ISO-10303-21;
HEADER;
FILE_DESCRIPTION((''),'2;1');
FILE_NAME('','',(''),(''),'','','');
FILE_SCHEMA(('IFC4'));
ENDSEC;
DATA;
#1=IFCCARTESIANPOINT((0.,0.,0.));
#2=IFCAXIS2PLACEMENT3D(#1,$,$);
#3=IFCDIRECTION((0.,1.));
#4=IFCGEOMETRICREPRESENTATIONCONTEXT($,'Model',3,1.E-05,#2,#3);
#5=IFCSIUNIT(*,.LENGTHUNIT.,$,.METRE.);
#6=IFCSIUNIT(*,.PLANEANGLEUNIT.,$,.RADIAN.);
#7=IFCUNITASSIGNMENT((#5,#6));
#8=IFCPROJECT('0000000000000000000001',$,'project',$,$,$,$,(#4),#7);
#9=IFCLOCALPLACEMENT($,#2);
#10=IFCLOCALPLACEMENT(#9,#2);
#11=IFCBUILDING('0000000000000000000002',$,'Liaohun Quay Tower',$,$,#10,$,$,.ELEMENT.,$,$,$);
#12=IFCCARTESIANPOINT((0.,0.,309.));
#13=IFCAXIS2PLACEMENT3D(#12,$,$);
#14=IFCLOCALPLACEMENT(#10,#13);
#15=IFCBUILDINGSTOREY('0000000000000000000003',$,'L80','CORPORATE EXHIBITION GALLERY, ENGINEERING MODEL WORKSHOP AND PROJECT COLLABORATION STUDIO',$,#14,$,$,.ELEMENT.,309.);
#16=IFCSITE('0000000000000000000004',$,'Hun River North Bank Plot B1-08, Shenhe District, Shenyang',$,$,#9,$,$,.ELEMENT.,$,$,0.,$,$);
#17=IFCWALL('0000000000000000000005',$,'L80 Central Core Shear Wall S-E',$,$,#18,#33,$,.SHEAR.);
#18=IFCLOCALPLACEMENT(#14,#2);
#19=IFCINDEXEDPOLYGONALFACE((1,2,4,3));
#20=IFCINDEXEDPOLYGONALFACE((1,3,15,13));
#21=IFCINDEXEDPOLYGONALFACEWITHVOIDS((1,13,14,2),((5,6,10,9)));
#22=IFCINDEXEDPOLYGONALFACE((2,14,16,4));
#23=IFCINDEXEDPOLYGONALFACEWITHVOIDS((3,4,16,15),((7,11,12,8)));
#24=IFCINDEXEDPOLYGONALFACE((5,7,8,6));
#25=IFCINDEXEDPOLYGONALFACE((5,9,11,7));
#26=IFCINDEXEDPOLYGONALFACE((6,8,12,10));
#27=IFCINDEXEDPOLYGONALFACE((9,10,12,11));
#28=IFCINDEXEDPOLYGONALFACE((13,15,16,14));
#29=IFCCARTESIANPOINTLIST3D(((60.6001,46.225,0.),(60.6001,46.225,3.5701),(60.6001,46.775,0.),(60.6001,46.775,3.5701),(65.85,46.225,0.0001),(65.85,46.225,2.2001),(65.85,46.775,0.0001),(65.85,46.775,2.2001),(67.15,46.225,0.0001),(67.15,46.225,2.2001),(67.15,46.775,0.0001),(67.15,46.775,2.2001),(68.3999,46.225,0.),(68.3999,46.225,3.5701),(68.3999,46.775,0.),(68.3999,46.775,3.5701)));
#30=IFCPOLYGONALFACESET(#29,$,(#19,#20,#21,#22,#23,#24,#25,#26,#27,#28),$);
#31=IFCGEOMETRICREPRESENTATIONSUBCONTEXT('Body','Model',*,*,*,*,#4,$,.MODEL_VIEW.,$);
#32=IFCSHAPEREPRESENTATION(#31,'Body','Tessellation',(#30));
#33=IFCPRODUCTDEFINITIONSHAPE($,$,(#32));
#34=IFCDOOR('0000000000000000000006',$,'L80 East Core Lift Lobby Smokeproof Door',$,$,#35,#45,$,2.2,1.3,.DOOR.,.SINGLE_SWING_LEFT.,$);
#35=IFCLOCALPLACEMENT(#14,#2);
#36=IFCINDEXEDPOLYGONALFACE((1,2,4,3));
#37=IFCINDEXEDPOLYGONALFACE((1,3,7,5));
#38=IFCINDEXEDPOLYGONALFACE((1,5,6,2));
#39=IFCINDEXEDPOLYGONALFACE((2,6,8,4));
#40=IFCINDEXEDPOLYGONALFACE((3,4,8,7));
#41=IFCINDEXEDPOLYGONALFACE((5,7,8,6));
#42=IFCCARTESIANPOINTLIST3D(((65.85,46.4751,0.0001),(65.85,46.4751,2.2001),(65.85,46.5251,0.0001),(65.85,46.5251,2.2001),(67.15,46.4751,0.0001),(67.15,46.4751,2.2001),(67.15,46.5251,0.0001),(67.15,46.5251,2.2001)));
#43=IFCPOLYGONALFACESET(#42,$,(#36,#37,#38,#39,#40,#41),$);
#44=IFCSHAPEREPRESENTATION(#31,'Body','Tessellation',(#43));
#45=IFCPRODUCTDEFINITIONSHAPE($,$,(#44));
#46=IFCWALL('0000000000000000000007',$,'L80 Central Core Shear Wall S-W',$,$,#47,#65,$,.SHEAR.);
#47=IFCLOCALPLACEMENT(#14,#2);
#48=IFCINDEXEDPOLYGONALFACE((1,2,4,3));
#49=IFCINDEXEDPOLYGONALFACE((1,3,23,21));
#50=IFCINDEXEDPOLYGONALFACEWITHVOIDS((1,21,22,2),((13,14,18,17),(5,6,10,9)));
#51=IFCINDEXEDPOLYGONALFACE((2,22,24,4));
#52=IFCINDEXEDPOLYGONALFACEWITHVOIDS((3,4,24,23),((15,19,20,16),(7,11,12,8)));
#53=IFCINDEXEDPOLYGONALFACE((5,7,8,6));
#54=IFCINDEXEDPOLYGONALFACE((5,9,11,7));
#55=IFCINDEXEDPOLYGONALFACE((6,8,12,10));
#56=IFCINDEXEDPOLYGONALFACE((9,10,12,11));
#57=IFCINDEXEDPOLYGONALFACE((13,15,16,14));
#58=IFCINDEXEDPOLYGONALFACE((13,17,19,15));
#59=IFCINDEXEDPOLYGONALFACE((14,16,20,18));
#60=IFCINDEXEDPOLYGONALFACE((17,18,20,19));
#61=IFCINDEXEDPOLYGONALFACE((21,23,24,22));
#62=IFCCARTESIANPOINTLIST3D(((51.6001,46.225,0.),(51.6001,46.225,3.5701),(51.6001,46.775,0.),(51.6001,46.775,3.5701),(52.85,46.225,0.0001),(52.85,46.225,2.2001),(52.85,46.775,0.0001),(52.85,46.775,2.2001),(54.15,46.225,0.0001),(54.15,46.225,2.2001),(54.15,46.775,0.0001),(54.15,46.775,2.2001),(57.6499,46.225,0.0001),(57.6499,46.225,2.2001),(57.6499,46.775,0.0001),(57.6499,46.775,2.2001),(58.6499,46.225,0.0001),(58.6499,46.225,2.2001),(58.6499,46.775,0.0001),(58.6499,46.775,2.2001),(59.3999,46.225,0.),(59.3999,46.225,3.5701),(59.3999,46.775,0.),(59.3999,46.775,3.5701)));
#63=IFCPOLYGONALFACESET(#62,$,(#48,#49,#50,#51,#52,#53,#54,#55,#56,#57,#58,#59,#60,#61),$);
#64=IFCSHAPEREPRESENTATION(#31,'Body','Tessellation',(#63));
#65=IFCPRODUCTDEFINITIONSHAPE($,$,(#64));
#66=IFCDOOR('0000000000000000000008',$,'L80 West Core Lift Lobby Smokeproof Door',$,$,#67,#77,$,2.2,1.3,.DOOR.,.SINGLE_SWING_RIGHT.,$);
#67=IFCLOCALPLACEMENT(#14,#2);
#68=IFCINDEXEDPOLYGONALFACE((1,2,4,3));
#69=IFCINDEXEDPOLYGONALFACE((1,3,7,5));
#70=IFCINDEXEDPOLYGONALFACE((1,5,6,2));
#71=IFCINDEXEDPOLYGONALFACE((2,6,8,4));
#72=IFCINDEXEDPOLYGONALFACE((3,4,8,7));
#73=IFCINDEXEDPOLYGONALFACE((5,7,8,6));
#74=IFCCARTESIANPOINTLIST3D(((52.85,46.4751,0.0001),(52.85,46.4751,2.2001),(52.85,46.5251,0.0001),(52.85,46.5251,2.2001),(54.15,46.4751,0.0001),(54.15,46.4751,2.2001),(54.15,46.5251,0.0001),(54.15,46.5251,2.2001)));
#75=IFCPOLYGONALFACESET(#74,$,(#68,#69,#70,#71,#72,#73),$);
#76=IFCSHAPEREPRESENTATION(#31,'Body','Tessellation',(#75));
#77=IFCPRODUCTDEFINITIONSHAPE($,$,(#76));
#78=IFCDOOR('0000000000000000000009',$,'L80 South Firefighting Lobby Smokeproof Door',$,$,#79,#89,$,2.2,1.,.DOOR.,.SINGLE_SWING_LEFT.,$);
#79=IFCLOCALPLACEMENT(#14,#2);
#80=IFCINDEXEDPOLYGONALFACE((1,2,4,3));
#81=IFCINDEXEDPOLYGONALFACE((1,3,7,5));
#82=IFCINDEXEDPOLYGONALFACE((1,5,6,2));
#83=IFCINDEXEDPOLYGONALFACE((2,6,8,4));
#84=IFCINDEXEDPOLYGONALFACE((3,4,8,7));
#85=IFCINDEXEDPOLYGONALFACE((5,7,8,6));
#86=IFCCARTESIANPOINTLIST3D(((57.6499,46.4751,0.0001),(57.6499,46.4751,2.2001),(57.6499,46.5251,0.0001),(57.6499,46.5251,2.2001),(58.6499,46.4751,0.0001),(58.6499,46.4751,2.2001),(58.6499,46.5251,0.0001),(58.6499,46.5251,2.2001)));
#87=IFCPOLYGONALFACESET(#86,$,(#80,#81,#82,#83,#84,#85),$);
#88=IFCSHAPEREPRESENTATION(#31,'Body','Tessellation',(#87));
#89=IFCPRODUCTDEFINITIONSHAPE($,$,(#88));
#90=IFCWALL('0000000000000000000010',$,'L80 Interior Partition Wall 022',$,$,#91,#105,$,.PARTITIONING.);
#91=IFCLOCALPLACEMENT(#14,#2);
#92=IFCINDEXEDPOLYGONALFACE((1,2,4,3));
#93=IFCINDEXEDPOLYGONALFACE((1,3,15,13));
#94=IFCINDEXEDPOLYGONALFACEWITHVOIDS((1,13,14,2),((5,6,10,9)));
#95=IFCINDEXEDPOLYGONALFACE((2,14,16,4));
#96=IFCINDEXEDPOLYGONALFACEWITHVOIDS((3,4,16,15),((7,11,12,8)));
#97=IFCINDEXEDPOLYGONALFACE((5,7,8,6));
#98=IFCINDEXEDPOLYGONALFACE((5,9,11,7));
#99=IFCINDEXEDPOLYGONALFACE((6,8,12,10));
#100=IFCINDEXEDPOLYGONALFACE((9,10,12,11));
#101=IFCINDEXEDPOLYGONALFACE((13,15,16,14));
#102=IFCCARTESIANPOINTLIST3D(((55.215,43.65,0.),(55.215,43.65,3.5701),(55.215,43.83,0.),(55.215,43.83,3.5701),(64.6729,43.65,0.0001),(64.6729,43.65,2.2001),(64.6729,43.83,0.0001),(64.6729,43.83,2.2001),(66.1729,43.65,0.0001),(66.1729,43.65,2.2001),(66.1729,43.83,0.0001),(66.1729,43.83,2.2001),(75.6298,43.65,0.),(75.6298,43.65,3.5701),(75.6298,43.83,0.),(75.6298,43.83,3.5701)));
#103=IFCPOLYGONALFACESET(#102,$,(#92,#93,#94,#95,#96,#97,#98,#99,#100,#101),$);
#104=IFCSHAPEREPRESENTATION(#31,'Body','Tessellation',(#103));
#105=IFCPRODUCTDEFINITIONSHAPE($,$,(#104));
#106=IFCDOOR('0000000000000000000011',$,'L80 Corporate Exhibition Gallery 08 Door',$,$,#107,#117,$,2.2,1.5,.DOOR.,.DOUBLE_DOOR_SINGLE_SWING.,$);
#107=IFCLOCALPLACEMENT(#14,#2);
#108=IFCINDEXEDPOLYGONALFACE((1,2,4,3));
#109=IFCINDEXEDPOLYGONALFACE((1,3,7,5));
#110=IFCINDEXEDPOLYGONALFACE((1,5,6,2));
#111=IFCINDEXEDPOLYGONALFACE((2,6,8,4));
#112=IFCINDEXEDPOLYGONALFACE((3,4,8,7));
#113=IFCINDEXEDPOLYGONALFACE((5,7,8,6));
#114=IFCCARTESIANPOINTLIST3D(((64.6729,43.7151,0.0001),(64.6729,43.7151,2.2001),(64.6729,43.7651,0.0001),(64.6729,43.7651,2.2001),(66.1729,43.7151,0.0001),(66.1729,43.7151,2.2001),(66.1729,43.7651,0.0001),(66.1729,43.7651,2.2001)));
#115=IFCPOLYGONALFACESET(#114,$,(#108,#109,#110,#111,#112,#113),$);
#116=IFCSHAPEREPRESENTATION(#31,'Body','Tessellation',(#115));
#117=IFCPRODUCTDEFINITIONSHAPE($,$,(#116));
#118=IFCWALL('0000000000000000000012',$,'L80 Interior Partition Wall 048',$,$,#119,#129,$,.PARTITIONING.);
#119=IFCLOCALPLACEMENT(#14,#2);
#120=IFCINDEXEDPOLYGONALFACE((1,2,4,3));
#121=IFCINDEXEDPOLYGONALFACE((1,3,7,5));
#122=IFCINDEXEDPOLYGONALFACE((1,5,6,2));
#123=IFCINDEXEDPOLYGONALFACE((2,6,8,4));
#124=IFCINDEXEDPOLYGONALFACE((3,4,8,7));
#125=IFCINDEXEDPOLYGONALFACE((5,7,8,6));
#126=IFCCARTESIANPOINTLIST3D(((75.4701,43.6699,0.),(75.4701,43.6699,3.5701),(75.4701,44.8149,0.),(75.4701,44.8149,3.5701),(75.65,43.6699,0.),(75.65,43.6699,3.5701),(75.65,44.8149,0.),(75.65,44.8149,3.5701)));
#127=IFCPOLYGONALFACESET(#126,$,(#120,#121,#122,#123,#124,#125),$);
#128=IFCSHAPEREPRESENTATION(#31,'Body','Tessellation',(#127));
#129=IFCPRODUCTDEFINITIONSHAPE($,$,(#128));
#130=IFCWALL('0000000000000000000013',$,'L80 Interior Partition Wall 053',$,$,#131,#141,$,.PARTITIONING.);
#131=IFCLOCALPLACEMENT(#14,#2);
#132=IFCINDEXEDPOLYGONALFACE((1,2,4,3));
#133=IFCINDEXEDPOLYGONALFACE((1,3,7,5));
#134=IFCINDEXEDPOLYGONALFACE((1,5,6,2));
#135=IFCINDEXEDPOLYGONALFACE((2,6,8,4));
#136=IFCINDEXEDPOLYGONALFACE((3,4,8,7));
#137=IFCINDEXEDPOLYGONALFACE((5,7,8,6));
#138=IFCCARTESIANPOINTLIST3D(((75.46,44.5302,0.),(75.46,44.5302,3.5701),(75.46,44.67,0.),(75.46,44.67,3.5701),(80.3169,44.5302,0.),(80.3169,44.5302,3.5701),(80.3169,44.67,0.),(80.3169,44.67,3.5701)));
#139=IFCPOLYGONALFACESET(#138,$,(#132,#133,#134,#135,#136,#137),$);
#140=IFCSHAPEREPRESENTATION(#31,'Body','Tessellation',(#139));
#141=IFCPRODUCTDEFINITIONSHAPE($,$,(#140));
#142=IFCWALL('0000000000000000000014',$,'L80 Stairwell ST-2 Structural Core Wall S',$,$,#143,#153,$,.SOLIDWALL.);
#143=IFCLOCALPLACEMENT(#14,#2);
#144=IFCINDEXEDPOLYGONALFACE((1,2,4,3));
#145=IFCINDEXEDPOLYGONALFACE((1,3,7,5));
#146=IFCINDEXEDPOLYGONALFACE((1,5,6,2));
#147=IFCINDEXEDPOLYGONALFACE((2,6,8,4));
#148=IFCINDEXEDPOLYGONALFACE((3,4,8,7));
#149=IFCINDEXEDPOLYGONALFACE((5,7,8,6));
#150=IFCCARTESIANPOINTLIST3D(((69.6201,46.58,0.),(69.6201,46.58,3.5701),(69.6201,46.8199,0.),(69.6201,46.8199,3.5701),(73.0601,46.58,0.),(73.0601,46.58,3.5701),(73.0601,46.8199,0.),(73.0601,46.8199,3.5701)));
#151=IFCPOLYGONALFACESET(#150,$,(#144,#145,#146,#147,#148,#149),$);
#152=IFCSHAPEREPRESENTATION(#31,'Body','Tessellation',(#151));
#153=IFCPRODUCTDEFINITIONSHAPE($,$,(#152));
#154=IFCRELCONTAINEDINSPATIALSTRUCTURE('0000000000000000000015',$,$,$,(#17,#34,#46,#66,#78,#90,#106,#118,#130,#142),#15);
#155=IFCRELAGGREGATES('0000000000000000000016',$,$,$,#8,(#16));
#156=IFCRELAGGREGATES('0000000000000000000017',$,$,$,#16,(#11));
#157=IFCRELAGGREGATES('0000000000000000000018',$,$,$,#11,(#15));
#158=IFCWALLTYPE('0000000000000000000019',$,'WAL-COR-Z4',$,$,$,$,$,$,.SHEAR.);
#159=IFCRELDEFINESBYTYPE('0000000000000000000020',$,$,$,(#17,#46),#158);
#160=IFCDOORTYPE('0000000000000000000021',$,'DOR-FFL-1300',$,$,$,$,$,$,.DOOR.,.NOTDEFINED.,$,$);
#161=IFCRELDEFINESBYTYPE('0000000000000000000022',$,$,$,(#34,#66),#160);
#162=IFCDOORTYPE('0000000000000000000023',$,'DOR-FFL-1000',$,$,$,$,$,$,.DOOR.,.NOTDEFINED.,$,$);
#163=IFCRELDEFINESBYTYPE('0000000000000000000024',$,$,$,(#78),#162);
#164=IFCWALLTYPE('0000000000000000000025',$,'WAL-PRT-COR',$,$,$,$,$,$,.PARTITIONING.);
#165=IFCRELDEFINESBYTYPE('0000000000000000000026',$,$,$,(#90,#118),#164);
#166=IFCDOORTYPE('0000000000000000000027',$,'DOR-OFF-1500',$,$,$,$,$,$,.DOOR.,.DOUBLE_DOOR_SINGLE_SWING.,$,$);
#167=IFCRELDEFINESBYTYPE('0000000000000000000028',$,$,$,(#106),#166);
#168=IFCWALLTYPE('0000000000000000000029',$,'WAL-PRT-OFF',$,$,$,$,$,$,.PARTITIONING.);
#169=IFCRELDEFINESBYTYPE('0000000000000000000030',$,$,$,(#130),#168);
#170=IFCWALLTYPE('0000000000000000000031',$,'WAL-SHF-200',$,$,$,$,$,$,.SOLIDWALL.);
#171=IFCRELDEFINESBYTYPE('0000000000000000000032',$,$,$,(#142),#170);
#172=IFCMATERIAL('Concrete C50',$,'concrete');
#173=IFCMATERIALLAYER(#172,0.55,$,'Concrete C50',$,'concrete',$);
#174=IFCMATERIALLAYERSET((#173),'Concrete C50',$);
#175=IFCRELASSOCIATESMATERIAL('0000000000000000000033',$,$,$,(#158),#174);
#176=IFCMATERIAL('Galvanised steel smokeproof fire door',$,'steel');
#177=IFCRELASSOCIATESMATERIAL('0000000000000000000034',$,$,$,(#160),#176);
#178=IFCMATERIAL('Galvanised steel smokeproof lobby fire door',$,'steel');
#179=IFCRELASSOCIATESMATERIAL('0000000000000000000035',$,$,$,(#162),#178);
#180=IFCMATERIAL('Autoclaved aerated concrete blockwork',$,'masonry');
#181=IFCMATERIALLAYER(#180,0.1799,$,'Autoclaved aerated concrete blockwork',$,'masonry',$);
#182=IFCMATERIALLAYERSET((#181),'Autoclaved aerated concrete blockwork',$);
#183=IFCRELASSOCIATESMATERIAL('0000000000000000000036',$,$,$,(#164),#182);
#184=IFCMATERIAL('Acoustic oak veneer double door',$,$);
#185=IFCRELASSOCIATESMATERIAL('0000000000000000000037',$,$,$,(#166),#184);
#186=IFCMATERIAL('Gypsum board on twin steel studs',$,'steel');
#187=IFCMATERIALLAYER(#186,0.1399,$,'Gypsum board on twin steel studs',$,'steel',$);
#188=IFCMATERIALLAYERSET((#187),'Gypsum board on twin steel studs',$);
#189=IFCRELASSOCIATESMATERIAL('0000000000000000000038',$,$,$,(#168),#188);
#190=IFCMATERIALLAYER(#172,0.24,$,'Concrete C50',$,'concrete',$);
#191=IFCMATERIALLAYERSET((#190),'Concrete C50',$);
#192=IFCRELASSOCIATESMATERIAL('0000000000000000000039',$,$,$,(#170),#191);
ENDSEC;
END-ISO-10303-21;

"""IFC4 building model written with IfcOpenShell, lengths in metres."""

from ifc_helpers import new_model, si_unit, direction, frame, frame_2d, origin, place, context, subcontext, project, spatial, rectangle, extrude, source, transform, mapped, material, layer, layer_set, type_object, element, fill, save


model = new_model("IFC4")

# Units and contexts
model_context = context("Model", 3, precision=1e-05, world=origin(), true_north=direction((0.0, 1.0)))
body_context = subcontext(model_context, "Body", "Model", "MODEL_VIEW")
ifc_project = project(units=[si_unit("LENGTHUNIT", "METRE"), si_unit("PLANEANGLEUNIT", "RADIAN")], contexts=[model_context])

# Site, building, storey
site_placement = place(None, origin())
site = spatial("IfcSite", under=ifc_project, at=site_placement, Name="Hun River North Bank Plot B1-08, Shenhe District, Shenyang", CompositionType="ELEMENT", RefElevation=0.0)
building_placement = place(site_placement, origin())
building = spatial("IfcBuilding", under=site, at=building_placement, Name="Liaohun Quay Tower", CompositionType="ELEMENT")
storey_placement = place(building_placement, frame((0.0, 0.0, 309.0)))
storey = spatial("IfcBuildingStorey", under=building, at=storey_placement, Name="L80", Description="CORPORATE EXHIBITION GALLERY, ENGINEERING MODEL WORKSHOP AND PROJECT COLLABORATION STUDIO", CompositionType="ELEMENT", Elevation=309.0)

# Shared definitions
ifc_material_1 = material(Name="Concrete C50", Category="concrete")

# Wall, opening, door
ifc_layer_1 = layer(ifc_material_1, 0.55, Name="Concrete C50", Category="concrete")
ifc_layer_set_1 = layer_set([ifc_layer_1], Name="Concrete C50")
wall_type_1 = type_object("IfcWallType", Name="WAL-COR-Z4", PredefinedType="SHEAR", material=ifc_layer_set_1)
wall_1_placement = place(storey_placement, frame((68.3999, 46.5, 0.0), z_axis=(0.0, 0.0, 1.0), x_axis=(-1.0, 0.0, 0.0)))
wall_1 = element("IfcWall", 1, at=wall_1_placement, inside=storey, type_object=wall_type_1, Name="L80 Central Core Shear Wall S-E", PredefinedType="SHEAR", context=body_context, shape_type="SweptSolid", body=[
    extrude(rectangle(XDim=7.7998, YDim=0.55, at=frame_2d((3.8999, 0.0))), origin(), (0.0, 0.0, 1.0), 3.5701),
])
shared_shape_1 = source(origin(), body_context, "Body", "SweptSolid", [
    extrude(rectangle(XDim=1.3, YDim=2.2, at=frame_2d((0.6499, 1.1001))), frame((0.0, 0.2849, 0.0), z_axis=(0.0, -1.0, 0.0), x_axis=(1.0, 0.0, 0.0)), (0.0, 0.0, 1.0), 0.5701),
])
opening_1_placement = place(wall_1_placement, frame((1.25, 0.0, 0.0)))
opening_1 = element("IfcOpeningElement", 2, at=opening_1_placement, cuts=wall_1, PredefinedType="OPENING", context=body_context, shape_type="MappedRepresentation", body=[
    mapped(shared_shape_1, transform((0.0, 0.0, 0.0), x_axis=(1.0, 0.0, 0.0), y_axis=(0.0, 1.0, 0.0), z_axis=(0.0, 0.0, 1.0), scale=1.0)),
])
ifc_material_2 = material(Name="Galvanised steel smokeproof fire door", Category="steel")
door_type_1 = type_object("IfcDoorType", Name="DOR-FFL-1300", OperationType="NOTDEFINED", PredefinedType="DOOR", material=ifc_material_2)
shared_shape_2 = source(origin(), body_context, "Body", "SweptSolid", [
    extrude(rectangle(XDim=1.3, YDim=2.2, at=frame_2d((0.6499, 1.1001))), frame((0.0, 0.0249, 0.0), z_axis=(0.0, -1.0, 0.0), x_axis=(1.0, 0.0, 0.0)), (0.0, 0.0, 1.0), 0.05),
])
door_1_placement = place(opening_1_placement, origin())
door_1 = element("IfcDoor", 3, at=door_1_placement, inside=storey, type_object=door_type_1, Name="L80 East Core Lift Lobby Smokeproof Door", OperationType="SINGLE_SWING_LEFT", OverallHeight=2.2, OverallWidth=1.3, PredefinedType="DOOR", context=body_context, shape_type="MappedRepresentation", body=[
    mapped(shared_shape_2, transform((0.0, 0.0, 0.0), x_axis=(1.0, 0.0, 0.0), y_axis=(0.0, 1.0, 0.0), z_axis=(0.0, 0.0, 1.0), scale=1.0)),
])
fill(opening_1, door_1)

# Wall, openings, doors
wall_2_placement = place(storey_placement, frame((59.3999, 46.5, 0.0), z_axis=(0.0, 0.0, 1.0), x_axis=(-1.0, 0.0, 0.0)))
wall_2 = element("IfcWall", 4, at=wall_2_placement, inside=storey, type_object=wall_type_1, Name="L80 Central Core Shear Wall S-W", PredefinedType="SHEAR", context=body_context, shape_type="SweptSolid", body=[
    extrude(rectangle(XDim=7.7998, YDim=0.55, at=frame_2d((3.8999, 0.0))), origin(), (0.0, 0.0, 1.0), 3.5701),
])
opening_2_placement = place(wall_2_placement, frame((5.25, 0.0, 0.0)))
opening_2 = element("IfcOpeningElement", 5, at=opening_2_placement, cuts=wall_2, PredefinedType="OPENING", context=body_context, shape_type="MappedRepresentation", body=[
    mapped(shared_shape_1, transform((0.0, 0.0, 0.0), x_axis=(1.0, 0.0, 0.0), y_axis=(0.0, 1.0, 0.0), z_axis=(0.0, 0.0, 1.0), scale=1.0)),
])
shared_shape_3 = source(origin(), body_context, "Body", "SweptSolid", [
    extrude(rectangle(XDim=1.0, YDim=2.2, at=frame_2d((0.5, 1.1001))), frame((0.0, 0.2849, 0.0), z_axis=(0.0, -1.0, 0.0), x_axis=(1.0, 0.0, 0.0)), (0.0, 0.0, 1.0), 0.5701),
])
opening_3_placement = place(wall_2_placement, frame((0.75, 0.0, 0.0)))
opening_3 = element("IfcOpeningElement", 6, at=opening_3_placement, cuts=wall_2, PredefinedType="OPENING", context=body_context, shape_type="MappedRepresentation", body=[
    mapped(shared_shape_3, transform((0.0, 0.0, 0.0), x_axis=(1.0, 0.0, 0.0), y_axis=(0.0, 1.0, 0.0), z_axis=(0.0, 0.0, 1.0), scale=1.0)),
])
door_2_placement = place(opening_2_placement, origin())
door_2 = element("IfcDoor", 7, at=door_2_placement, inside=storey, type_object=door_type_1, Name="L80 West Core Lift Lobby Smokeproof Door", OperationType="SINGLE_SWING_RIGHT", OverallHeight=2.2, OverallWidth=1.3, PredefinedType="DOOR", context=body_context, shape_type="MappedRepresentation", body=[
    mapped(shared_shape_2, transform((0.0, 0.0, 0.0), x_axis=(1.0, 0.0, 0.0), y_axis=(0.0, 1.0, 0.0), z_axis=(0.0, 0.0, 1.0), scale=1.0)),
])
fill(opening_2, door_2)
ifc_material_3 = material(Name="Galvanised steel smokeproof lobby fire door", Category="steel")
door_type_2 = type_object("IfcDoorType", Name="DOR-FFL-1000", OperationType="NOTDEFINED", PredefinedType="DOOR", material=ifc_material_3)
shared_shape_4 = source(origin(), body_context, "Body", "SweptSolid", [
    extrude(rectangle(XDim=1.0, YDim=2.2, at=frame_2d((0.5, 1.1001))), frame((0.0, 0.0249, 0.0), z_axis=(0.0, -1.0, 0.0), x_axis=(1.0, 0.0, 0.0)), (0.0, 0.0, 1.0), 0.05),
])
door_3_placement = place(opening_3_placement, origin())
door_3 = element("IfcDoor", 8, at=door_3_placement, inside=storey, type_object=door_type_2, Name="L80 South Firefighting Lobby Smokeproof Door", OperationType="SINGLE_SWING_LEFT", OverallHeight=2.2, OverallWidth=1.0, PredefinedType="DOOR", context=body_context, shape_type="MappedRepresentation", body=[
    mapped(shared_shape_4, transform((0.0, 0.0, 0.0), x_axis=(1.0, 0.0, 0.0), y_axis=(0.0, 1.0, 0.0), z_axis=(0.0, 0.0, 1.0), scale=1.0)),
])
fill(opening_3, door_3)

# Wall, opening, door
ifc_material_4 = material(Name="Autoclaved aerated concrete blockwork", Category="masonry")
ifc_layer_2 = layer(ifc_material_4, 0.1799, Name="Autoclaved aerated concrete blockwork", Category="masonry")
ifc_layer_set_2 = layer_set([ifc_layer_2], Name="Autoclaved aerated concrete blockwork")
wall_type_2 = type_object("IfcWallType", Name="WAL-PRT-COR", PredefinedType="PARTITIONING", material=ifc_layer_set_2)
wall_3_placement = place(storey_placement, frame((75.6299, 43.74, 0.0), z_axis=(0.0, 0.0, 1.0), x_axis=(-1.0, 0.0, 0.0)))
wall_3 = element("IfcWall", 9, at=wall_3_placement, inside=storey, type_object=wall_type_2, Name="L80 Interior Partition Wall 022", PredefinedType="PARTITIONING", context=body_context, shape_type="SweptSolid", body=[
    extrude(rectangle(XDim=20.4148, YDim=0.1799, at=frame_2d((10.2075, 0.0))), origin(), (0.0, 0.0, 1.0), 3.5701),
])
shared_shape_5 = source(origin(), body_context, "Body", "SweptSolid", [
    extrude(rectangle(XDim=1.5, YDim=2.2, at=frame_2d((0.75, 1.1001))), frame((0.0, 0.0999, 0.0), z_axis=(0.0, -1.0, 0.0), x_axis=(1.0, 0.0, 0.0)), (0.0, 0.0, 1.0), 0.2),
])
opening_4_placement = place(wall_3_placement, frame((9.457, 0.0, 0.0)))
opening_4 = element("IfcOpeningElement", 10, at=opening_4_placement, cuts=wall_3, PredefinedType="OPENING", context=body_context, shape_type="MappedRepresentation", body=[
    mapped(shared_shape_5, transform((0.0, 0.0, 0.0), x_axis=(1.0, 0.0, 0.0), y_axis=(0.0, 1.0, 0.0), z_axis=(0.0, 0.0, 1.0), scale=1.0)),
])
ifc_material_5 = material(Name="Acoustic oak veneer double door")
door_type_3 = type_object("IfcDoorType", Name="DOR-OFF-1500", OperationType="DOUBLE_DOOR_SINGLE_SWING", PredefinedType="DOOR", material=ifc_material_5)
shared_shape_6 = source(origin(), body_context, "Body", "SweptSolid", [
    extrude(rectangle(XDim=1.5, YDim=2.2, at=frame_2d((0.75, 1.1001))), frame((0.0, 0.0249, 0.0), z_axis=(0.0, -1.0, 0.0), x_axis=(1.0, 0.0, 0.0)), (0.0, 0.0, 1.0), 0.05),
])
door_4_placement = place(opening_4_placement, origin())
door_4 = element("IfcDoor", 11, at=door_4_placement, inside=storey, type_object=door_type_3, Name="L80 Corporate Exhibition Gallery 08 Door", OperationType="DOUBLE_DOOR_SINGLE_SWING", OverallHeight=2.2, OverallWidth=1.5, PredefinedType="DOOR", context=body_context, shape_type="MappedRepresentation", body=[
    mapped(shared_shape_6, transform((0.0, 0.0, 0.0), x_axis=(1.0, 0.0, 0.0), y_axis=(0.0, 1.0, 0.0), z_axis=(0.0, 0.0, 1.0), scale=1.0)),
])
fill(opening_4, door_4)

# Walls
wall_4_placement = place(storey_placement, frame((75.5601, 44.8149, 0.0), z_axis=(0.0, 0.0, 1.0), x_axis=(0.0, -1.0, 0.0)))
element("IfcWall", 12, at=wall_4_placement, inside=storey, type_object=wall_type_2, Name="L80 Interior Partition Wall 048", PredefinedType="PARTITIONING", context=body_context, shape_type="SweptSolid", body=[
    extrude(rectangle(XDim=1.145, YDim=0.1799, at=frame_2d((0.5725, 0.0))), origin(), (0.0, 0.0, 1.0), 3.5701),
])
ifc_material_6 = material(Name="Gypsum board on twin steel studs", Category="steel")
ifc_layer_3 = layer(ifc_material_6, 0.1399, Name="Gypsum board on twin steel studs", Category="steel")
ifc_layer_set_3 = layer_set([ifc_layer_3], Name="Gypsum board on twin steel studs")
wall_type_3 = type_object("IfcWallType", Name="WAL-PRT-OFF", PredefinedType="PARTITIONING", material=ifc_layer_set_3)
wall_5_placement = place(storey_placement, frame((75.46, 44.6001, 0.0), z_axis=(0.0, 0.0, 1.0), x_axis=(1.0, 0.0, 0.0)))
element("IfcWall", 13, at=wall_5_placement, inside=storey, type_object=wall_type_3, Name="L80 Interior Partition Wall 053", PredefinedType="PARTITIONING", context=body_context, shape_type="SweptSolid", body=[
    extrude(rectangle(XDim=4.8569, YDim=0.1399, at=frame_2d((2.4285, 0.0))), origin(), (0.0, 0.0, 1.0), 3.5701),
])
ifc_layer_4 = layer(ifc_material_1, 0.24, Name="Concrete C50", Category="concrete")
ifc_layer_set_4 = layer_set([ifc_layer_4], Name="Concrete C50")
wall_type_4 = type_object("IfcWallType", Name="WAL-SHF-200", PredefinedType="SOLIDWALL", material=ifc_layer_set_4)
wall_6_placement = place(storey_placement, frame((69.6201, 46.7, 0.0), z_axis=(0.0, 0.0, 1.0), x_axis=(1.0, 0.0, 0.0)))
element("IfcWall", 14, at=wall_6_placement, inside=storey, type_object=wall_type_4, Name="L80 Stairwell ST-2 Structural Core Wall S", PredefinedType="SOLIDWALL", context=body_context, shape_type="SweptSolid", body=[
    extrude(rectangle(XDim=3.4399, YDim=0.24, at=frame_2d((1.72, 0.0))), origin(), (0.0, 0.0, 1.0), 3.5701),
])

save(model, "model.ifc")
